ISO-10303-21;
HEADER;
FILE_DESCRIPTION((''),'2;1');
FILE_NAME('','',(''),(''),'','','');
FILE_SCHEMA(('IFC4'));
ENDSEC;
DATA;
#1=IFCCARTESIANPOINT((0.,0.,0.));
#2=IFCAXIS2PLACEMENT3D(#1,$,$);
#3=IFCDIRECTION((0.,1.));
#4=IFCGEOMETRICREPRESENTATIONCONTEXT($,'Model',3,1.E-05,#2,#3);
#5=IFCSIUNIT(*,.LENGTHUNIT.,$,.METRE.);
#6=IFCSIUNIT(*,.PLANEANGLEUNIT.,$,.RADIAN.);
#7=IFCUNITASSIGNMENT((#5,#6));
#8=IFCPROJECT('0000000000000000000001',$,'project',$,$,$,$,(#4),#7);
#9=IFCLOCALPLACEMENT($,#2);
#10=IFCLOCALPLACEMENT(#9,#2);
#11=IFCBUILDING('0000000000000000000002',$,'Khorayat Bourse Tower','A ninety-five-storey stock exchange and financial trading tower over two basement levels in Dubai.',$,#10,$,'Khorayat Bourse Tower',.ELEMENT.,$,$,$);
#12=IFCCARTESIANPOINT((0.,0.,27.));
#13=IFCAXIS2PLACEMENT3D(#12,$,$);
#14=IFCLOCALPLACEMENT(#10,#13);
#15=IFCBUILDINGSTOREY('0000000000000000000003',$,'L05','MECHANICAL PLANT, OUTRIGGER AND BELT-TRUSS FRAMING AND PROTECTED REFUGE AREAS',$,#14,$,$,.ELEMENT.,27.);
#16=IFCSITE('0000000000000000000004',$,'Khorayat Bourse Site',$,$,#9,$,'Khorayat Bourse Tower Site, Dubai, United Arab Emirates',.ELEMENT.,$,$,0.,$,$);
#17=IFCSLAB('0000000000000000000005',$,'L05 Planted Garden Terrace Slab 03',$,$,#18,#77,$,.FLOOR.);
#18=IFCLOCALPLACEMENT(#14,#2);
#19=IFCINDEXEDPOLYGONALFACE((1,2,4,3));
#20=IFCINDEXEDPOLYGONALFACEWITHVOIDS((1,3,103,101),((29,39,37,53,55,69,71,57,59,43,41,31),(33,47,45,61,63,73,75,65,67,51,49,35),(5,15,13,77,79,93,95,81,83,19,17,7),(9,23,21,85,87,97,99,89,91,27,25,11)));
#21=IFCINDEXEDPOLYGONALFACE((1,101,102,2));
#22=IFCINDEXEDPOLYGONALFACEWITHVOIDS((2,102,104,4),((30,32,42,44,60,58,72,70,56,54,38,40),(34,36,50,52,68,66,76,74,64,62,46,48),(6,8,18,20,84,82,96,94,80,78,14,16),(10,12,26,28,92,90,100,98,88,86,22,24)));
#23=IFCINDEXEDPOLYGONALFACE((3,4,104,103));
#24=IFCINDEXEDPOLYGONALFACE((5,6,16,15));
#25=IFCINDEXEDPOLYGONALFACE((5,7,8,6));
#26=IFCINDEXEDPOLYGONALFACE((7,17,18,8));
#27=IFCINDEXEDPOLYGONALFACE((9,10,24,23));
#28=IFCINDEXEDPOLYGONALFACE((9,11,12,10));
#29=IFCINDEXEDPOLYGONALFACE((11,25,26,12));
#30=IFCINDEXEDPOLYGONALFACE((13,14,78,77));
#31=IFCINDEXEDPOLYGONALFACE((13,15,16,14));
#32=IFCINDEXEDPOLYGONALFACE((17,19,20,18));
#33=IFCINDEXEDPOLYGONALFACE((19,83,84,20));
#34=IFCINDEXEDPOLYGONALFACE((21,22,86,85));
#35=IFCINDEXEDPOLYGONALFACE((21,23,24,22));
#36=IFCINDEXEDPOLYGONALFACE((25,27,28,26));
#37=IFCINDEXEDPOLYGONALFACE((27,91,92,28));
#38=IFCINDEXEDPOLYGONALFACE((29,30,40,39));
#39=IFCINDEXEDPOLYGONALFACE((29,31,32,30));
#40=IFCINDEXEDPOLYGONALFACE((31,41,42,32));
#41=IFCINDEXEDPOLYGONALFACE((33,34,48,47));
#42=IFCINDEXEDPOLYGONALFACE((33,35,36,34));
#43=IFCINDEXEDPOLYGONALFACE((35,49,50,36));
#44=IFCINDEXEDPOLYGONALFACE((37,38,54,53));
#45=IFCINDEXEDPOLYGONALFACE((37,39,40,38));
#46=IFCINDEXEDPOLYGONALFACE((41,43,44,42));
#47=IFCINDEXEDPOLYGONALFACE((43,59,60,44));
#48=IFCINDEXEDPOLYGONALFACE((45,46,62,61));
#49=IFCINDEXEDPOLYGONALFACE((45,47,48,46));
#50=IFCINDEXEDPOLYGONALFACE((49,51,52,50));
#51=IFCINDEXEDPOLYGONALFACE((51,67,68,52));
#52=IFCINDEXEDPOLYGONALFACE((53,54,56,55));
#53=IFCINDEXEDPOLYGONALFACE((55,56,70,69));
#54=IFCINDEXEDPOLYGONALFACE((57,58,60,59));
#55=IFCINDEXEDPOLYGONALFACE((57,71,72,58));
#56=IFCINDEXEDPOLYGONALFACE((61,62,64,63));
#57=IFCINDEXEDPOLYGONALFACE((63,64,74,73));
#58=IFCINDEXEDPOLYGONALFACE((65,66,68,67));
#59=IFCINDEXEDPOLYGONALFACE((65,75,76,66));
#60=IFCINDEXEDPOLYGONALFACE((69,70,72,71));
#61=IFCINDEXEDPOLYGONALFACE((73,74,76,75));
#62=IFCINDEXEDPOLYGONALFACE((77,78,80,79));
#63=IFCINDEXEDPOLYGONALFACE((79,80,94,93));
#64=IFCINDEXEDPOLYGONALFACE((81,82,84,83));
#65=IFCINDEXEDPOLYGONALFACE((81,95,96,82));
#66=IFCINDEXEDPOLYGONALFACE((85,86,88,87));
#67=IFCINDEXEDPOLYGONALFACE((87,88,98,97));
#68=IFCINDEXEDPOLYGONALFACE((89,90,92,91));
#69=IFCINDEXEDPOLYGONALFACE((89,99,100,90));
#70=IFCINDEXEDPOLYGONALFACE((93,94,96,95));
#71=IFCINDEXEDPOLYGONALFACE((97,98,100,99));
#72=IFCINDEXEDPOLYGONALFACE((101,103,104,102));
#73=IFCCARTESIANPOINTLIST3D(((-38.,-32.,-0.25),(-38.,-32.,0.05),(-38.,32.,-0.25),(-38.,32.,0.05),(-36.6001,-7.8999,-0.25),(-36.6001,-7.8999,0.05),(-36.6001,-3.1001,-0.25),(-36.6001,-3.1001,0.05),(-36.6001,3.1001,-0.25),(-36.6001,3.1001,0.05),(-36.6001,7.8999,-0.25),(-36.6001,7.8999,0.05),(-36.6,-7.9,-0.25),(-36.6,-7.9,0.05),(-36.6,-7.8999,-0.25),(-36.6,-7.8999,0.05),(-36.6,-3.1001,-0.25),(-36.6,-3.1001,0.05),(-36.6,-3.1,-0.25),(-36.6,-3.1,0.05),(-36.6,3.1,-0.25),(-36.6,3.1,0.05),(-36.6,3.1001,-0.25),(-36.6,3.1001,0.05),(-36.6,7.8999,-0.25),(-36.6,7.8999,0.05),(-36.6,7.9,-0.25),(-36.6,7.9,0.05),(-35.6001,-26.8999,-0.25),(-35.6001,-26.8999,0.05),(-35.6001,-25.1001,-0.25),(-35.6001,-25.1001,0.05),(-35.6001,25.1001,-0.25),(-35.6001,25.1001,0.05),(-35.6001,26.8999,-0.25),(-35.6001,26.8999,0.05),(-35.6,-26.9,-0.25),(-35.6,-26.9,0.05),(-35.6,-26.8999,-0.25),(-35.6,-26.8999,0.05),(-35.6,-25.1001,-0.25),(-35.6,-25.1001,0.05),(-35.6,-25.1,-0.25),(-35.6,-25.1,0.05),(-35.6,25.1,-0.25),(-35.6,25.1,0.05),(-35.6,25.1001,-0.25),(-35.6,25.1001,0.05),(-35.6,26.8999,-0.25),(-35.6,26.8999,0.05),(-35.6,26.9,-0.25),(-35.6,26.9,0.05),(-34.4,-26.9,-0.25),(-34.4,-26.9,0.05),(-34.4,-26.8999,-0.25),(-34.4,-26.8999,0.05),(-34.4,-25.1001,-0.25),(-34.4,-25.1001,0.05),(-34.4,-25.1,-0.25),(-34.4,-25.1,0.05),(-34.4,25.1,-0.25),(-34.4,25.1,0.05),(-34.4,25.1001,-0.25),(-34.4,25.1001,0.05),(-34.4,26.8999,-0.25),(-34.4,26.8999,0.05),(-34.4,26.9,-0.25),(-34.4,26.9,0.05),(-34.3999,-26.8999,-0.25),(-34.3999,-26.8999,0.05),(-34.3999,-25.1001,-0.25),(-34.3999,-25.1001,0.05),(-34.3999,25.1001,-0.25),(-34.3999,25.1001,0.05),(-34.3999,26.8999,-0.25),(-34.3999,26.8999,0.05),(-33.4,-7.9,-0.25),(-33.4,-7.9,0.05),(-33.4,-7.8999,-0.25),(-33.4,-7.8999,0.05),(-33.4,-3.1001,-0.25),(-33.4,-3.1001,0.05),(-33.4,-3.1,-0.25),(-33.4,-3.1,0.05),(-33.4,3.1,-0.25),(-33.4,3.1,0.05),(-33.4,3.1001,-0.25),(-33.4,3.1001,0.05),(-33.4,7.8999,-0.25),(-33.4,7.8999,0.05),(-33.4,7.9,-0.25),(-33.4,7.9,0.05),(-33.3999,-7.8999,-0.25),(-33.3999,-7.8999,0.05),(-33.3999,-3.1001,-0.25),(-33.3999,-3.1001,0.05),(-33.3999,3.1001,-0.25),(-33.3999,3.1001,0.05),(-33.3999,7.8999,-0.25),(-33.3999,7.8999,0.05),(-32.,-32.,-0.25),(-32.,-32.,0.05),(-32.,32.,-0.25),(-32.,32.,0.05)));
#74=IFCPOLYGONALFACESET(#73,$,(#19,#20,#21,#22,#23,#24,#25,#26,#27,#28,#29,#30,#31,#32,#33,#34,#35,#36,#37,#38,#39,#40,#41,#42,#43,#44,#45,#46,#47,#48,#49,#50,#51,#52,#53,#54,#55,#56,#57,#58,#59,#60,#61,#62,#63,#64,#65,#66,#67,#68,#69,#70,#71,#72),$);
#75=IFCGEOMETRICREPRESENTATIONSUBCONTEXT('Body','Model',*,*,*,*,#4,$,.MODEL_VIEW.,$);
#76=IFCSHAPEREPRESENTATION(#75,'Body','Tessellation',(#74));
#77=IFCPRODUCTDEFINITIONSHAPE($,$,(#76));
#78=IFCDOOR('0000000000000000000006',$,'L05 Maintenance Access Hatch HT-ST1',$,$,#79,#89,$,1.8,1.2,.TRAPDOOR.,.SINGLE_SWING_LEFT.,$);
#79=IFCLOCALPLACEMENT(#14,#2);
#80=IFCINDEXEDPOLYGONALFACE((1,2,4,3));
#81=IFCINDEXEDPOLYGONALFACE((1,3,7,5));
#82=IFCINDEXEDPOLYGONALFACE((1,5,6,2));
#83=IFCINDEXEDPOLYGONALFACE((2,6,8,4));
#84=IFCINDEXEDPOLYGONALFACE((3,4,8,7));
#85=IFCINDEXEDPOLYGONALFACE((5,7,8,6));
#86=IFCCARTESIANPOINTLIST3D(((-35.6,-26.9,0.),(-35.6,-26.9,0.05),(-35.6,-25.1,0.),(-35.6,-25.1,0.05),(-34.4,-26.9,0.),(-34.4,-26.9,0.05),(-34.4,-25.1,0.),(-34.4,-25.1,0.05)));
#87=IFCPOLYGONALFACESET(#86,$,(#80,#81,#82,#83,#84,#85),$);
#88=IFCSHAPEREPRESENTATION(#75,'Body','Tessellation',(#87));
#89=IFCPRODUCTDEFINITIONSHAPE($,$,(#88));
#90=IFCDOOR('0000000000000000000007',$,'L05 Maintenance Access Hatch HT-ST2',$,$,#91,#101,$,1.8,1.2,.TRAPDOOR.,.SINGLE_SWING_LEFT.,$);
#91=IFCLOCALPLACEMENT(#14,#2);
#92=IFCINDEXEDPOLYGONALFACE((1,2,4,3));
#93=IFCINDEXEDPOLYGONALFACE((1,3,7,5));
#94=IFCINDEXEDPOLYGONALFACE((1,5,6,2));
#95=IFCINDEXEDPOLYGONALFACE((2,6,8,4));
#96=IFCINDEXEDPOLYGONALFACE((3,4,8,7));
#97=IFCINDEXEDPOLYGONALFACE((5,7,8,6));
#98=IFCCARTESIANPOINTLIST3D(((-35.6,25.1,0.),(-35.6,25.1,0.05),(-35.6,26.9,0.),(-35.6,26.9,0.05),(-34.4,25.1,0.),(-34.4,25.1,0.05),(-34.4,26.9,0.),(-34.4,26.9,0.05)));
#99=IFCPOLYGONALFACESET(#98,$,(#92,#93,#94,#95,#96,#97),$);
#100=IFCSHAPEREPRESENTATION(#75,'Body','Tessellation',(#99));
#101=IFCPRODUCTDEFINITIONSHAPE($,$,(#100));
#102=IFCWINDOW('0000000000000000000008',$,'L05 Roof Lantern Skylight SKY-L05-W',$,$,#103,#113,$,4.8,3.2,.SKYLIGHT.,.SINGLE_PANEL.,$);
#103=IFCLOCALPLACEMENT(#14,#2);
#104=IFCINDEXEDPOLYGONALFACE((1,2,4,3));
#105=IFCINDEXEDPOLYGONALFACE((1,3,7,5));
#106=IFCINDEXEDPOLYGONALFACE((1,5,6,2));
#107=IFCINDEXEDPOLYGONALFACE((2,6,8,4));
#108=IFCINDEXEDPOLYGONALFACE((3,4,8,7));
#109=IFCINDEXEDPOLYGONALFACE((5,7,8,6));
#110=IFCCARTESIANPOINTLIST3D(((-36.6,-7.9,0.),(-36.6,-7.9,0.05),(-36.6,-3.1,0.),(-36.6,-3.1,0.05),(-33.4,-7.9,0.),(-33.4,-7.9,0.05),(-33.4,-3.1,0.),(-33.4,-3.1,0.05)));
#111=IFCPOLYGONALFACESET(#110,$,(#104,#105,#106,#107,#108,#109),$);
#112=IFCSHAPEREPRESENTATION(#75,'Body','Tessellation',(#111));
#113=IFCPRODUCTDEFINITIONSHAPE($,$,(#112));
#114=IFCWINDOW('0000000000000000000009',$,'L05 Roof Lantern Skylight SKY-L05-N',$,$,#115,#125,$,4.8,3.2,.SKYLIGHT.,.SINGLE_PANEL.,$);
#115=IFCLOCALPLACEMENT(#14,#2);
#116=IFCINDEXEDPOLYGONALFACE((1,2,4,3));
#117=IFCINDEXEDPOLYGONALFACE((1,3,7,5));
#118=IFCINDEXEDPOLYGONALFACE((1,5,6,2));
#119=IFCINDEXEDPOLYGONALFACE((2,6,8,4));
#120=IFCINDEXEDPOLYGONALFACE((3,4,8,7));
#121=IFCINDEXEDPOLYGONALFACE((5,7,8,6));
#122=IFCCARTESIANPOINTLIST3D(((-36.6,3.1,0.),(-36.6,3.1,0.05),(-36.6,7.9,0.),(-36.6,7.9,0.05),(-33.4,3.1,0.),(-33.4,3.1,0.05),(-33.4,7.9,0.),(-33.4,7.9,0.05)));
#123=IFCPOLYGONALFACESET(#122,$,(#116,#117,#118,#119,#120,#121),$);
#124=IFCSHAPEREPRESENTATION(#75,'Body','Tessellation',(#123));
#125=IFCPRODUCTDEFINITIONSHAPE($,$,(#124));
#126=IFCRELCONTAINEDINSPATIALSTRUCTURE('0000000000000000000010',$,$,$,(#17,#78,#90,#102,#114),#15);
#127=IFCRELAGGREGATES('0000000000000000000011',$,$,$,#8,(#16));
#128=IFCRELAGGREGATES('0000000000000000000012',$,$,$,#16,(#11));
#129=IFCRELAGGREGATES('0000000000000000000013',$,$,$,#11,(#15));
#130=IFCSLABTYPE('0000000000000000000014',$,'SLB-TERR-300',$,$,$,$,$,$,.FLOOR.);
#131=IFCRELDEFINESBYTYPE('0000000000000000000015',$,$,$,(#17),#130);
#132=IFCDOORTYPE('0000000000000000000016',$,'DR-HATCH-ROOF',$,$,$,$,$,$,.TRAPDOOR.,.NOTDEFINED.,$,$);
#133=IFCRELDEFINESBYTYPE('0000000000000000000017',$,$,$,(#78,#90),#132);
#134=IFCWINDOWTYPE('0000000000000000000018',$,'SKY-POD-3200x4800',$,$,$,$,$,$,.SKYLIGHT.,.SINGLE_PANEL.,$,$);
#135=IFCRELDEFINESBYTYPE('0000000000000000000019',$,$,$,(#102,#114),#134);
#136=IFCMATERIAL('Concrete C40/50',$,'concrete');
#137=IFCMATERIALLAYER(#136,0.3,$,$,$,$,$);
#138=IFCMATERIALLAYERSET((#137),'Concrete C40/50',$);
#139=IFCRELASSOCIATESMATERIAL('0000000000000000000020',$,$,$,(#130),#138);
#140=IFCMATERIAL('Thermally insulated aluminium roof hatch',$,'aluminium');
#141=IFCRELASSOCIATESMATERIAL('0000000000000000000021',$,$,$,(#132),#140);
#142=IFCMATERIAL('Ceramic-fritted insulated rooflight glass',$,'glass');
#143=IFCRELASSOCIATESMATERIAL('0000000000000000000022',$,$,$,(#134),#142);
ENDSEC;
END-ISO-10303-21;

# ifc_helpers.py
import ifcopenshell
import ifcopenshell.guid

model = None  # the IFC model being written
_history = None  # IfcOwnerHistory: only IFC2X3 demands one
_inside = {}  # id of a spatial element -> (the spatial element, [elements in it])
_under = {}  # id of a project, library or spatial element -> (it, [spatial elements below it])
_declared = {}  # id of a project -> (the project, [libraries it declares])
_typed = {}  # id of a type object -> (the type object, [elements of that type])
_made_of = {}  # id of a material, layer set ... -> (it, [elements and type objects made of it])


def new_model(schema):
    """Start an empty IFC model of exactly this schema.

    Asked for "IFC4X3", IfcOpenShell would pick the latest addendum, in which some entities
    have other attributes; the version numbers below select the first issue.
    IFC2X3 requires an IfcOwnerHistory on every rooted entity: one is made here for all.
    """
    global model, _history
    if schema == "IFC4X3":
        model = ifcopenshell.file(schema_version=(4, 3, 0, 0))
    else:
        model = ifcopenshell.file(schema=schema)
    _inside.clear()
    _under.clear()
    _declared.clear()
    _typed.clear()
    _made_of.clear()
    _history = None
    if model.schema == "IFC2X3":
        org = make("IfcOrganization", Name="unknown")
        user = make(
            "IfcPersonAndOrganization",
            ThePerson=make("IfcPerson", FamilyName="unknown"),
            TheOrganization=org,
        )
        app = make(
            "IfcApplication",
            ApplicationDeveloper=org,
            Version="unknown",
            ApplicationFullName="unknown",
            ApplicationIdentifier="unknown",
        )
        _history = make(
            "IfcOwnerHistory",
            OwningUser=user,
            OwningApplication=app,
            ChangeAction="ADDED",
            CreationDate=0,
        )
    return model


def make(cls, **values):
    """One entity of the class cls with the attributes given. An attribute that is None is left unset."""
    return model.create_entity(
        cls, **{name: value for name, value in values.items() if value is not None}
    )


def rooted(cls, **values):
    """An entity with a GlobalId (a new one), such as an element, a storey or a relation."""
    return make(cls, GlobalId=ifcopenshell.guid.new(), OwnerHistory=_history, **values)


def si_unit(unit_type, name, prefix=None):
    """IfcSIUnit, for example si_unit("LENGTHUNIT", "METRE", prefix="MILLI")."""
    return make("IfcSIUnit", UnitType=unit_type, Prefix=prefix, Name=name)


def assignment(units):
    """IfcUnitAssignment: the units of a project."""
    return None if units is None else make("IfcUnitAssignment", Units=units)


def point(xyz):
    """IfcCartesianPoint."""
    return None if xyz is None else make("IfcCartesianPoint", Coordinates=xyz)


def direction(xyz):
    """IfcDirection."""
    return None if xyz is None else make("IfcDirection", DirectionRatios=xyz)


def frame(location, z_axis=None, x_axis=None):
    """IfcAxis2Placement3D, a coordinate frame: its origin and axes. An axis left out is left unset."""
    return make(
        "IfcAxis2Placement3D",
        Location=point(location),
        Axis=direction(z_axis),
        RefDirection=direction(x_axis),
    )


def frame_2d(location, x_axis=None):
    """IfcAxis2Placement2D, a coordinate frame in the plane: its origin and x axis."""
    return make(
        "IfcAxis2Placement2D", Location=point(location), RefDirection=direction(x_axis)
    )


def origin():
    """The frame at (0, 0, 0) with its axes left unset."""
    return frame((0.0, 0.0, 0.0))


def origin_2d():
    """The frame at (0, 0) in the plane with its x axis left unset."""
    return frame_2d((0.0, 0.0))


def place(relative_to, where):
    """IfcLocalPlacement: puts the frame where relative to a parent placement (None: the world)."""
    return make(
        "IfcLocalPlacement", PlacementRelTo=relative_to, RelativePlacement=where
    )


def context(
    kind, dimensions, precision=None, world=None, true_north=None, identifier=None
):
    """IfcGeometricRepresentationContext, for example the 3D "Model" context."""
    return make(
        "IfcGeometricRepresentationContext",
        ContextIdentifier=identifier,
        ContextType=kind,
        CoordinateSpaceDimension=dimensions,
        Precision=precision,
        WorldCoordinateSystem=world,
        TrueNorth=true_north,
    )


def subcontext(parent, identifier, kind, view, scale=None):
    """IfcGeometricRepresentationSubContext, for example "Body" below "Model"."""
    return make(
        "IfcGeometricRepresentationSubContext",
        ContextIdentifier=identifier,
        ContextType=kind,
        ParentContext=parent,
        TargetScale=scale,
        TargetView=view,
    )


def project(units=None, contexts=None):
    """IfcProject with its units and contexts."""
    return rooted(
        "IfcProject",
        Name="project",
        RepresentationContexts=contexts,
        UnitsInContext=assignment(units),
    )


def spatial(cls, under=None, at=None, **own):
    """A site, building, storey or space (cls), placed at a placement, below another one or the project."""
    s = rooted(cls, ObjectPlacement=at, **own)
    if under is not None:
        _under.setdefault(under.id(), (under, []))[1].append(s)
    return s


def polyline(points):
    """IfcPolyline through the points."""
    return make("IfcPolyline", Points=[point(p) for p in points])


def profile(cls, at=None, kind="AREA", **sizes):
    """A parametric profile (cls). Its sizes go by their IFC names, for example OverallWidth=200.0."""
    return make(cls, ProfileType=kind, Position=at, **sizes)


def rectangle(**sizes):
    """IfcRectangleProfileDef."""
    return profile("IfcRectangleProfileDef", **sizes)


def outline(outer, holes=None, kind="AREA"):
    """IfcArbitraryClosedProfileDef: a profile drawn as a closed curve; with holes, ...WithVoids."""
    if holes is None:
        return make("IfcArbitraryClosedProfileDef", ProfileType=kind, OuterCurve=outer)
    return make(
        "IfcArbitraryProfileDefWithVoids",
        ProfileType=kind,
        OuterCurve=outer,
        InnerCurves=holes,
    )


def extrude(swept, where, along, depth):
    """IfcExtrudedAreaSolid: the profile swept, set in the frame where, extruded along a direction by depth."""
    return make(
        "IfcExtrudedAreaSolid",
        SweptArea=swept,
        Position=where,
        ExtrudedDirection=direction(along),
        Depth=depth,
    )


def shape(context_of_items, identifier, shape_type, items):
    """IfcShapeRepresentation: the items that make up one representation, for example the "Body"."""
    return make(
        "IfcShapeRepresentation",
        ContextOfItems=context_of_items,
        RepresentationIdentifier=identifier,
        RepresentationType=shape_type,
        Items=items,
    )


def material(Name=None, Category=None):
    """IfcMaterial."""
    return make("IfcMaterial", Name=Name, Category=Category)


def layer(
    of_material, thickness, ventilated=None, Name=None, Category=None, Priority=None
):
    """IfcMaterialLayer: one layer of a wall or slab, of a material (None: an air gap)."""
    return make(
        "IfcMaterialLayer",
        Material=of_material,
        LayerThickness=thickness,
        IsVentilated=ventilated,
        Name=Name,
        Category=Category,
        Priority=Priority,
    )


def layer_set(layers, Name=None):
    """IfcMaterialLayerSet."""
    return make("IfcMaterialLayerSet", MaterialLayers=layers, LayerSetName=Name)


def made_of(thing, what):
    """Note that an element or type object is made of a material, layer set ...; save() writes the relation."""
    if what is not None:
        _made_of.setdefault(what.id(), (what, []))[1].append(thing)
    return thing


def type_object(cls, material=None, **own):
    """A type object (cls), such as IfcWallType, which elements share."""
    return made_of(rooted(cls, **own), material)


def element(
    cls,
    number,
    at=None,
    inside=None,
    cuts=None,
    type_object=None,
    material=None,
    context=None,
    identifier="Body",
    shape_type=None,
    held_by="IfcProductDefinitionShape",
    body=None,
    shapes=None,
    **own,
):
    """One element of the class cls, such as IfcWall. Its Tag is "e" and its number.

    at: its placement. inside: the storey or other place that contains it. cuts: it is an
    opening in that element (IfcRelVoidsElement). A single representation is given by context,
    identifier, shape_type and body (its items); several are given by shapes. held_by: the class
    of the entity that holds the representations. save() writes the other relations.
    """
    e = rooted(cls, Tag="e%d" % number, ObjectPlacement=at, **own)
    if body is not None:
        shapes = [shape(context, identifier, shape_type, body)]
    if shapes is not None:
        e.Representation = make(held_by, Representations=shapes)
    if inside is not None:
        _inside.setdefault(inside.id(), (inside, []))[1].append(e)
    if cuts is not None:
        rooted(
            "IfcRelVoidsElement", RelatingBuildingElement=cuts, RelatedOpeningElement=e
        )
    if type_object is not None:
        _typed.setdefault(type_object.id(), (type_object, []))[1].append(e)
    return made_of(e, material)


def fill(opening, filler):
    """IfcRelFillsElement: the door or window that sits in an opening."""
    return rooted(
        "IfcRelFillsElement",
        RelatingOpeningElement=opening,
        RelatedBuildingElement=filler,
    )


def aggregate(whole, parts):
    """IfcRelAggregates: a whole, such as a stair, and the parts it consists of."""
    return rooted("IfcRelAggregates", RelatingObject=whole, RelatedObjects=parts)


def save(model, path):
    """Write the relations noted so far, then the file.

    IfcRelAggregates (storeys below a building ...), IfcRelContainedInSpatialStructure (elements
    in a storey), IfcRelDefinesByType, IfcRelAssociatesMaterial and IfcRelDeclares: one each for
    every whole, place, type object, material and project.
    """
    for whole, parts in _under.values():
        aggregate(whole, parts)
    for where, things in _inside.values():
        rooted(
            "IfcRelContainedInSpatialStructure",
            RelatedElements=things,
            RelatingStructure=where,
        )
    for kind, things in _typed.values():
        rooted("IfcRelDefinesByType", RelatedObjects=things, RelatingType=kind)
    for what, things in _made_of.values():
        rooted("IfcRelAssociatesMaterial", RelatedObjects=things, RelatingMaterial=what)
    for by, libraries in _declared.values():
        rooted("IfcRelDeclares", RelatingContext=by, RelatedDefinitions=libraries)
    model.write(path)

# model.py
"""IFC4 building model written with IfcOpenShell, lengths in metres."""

from ifc_helpers import new_model, si_unit, direction, frame, origin, origin_2d, place, context, subcontext, project, spatial, polyline, rectangle, outline, extrude, material, layer, layer_set, type_object, element, fill, save


model = new_model("IFC4")

# Units and contexts
model_context = context("Model", 3, precision=1e-05, world=origin(), true_north=direction((0.0, 1.0)))
body_context = subcontext(model_context, "Body", "Model", "MODEL_VIEW")
ifc_project = project(units=[si_unit("LENGTHUNIT", "METRE"), si_unit("PLANEANGLEUNIT", "RADIAN")], contexts=[model_context])

# Site, building, storey
site_placement = place(None, origin())
site = spatial("IfcSite", under=ifc_project, at=site_placement, Name="Khorayat Bourse Site", LongName="Khorayat Bourse Tower Site, Dubai, United Arab Emirates", CompositionType="ELEMENT", RefElevation=0.0)
building_placement = place(site_placement, origin())
building = spatial("IfcBuilding", under=site, at=building_placement, Name="Khorayat Bourse Tower", Description="A ninety-five-storey stock exchange and financial trading tower over two basement levels in Dubai.", LongName="Khorayat Bourse Tower", CompositionType="ELEMENT")
storey_placement = place(building_placement, frame((0.0, 0.0, 27.0)))
storey = spatial("IfcBuildingStorey", under=building, at=storey_placement, Name="L05", Description="MECHANICAL PLANT, OUTRIGGER AND BELT-TRUSS FRAMING AND PROTECTED REFUGE AREAS", CompositionType="ELEMENT", Elevation=27.0)

# Shared definitions
ifc_material_1 = material(Name="Concrete C40/50", Category="concrete")

# Shared definitions
ifc_layer_1 = layer(ifc_material_1, 0.3)
ifc_layer_set_1 = layer_set([ifc_layer_1], Name="Concrete C40/50")
slab_type_1 = type_object("IfcSlabType", Name="SLB-TERR-300", PredefinedType="FLOOR", material=ifc_layer_set_1)

# Slab, openings, doors, windows
slab_1_placement = place(storey_placement, frame((0.0, 0.0, -0.25)))
slab_1 = element("IfcSlab", 1, at=slab_1_placement, inside=storey, type_object=slab_type_1, Name="L05 Planted Garden Terrace Slab 03", PredefinedType="FLOOR", context=body_context, shape_type="SweptSolid", body=[
    extrude(outline(polyline([(-38.0, -32.0), (-32.0, -32.0), (-32.0, 32.0), (-38.0, 32.0), (-38.0, -32.0)]), holes=[polyline([(-36.6001, -7.8999), (-33.3999, -7.8999), (-33.3999, -3.1001), (-36.6001, -3.1001), (-36.6001, -7.8999)]), polyline([(-36.6001, 3.1001), (-33.3999, 3.1001), (-33.3999, 7.8999), (-36.6001, 7.8999), (-36.6001, 3.1001)]), polyline([(-35.6001, -26.8999), (-34.3999, -26.8999), (-34.3999, -25.1001), (-35.6001, -25.1001), (-35.6001, -26.8999)]), polyline([(-35.6001, 25.1001), (-34.3999, 25.1001), (-34.3999, 26.8999), (-35.6001, 26.8999), (-35.6001, 25.1001)])]), origin(), (0.0, 0.0, 1.0), 0.3),
])
opening_1_placement = place(slab_1_placement, frame((-35.0, -26.0, 0.0)))
opening_1 = element("IfcOpeningElement", 2, at=opening_1_placement, cuts=slab_1, PredefinedType="OPENING", context=body_context, shape_type="SweptSolid", body=[
    extrude(rectangle(XDim=1.2, YDim=1.8, at=origin_2d()), origin(), (0.0, 0.0, 1.0), 0.3),
])
opening_2_placement = place(slab_1_placement, frame((-35.0, 26.0, 0.0)))
opening_2 = element("IfcOpeningElement", 3, at=opening_2_placement, cuts=slab_1, PredefinedType="OPENING", context=body_context, shape_type="SweptSolid", body=[
    extrude(rectangle(XDim=1.2, YDim=1.8, at=origin_2d()), origin(), (0.0, 0.0, 1.0), 0.3),
])
opening_3_placement = place(slab_1_placement, frame((-35.0, -5.5, 0.0)))
opening_3 = element("IfcOpeningElement", 4, at=opening_3_placement, cuts=slab_1, PredefinedType="OPENING", context=body_context, shape_type="SweptSolid", body=[
    extrude(rectangle(XDim=3.2, YDim=4.8, at=origin_2d()), origin(), (0.0, 0.0, 1.0), 0.3),
])
opening_4_placement = place(slab_1_placement, frame((-35.0, 5.5, 0.0)))
opening_4 = element("IfcOpeningElement", 5, at=opening_4_placement, cuts=slab_1, PredefinedType="OPENING", context=body_context, shape_type="SweptSolid", body=[
    extrude(rectangle(XDim=3.2, YDim=4.8, at=origin_2d()), origin(), (0.0, 0.0, 1.0), 0.3),
])
ifc_material_2 = material(Name="Thermally insulated aluminium roof hatch", Category="aluminium")
door_type = type_object("IfcDoorType", Name="DR-HATCH-ROOF", OperationType="NOTDEFINED", PredefinedType="TRAPDOOR", material=ifc_material_2)
door_1_placement = place(opening_1_placement, frame((0.0, 0.0, 0.25)))
door_1 = element("IfcDoor", 6, at=door_1_placement, inside=storey, type_object=door_type, Name="L05 Maintenance Access Hatch HT-ST1", OperationType="SINGLE_SWING_LEFT", OverallHeight=1.8, OverallWidth=1.2, PredefinedType="TRAPDOOR", context=body_context, shape_type="SweptSolid", body=[
    extrude(rectangle(XDim=1.2, YDim=1.8, at=origin_2d()), origin(), (0.0, 0.0, 1.0), 0.05),
])
fill(opening_1, door_1)
door_2_placement = place(opening_2_placement, frame((0.0, 0.0, 0.25)))
door_2 = element("IfcDoor", 7, at=door_2_placement, inside=storey, type_object=door_type, Name="L05 Maintenance Access Hatch HT-ST2", OperationType="SINGLE_SWING_LEFT", OverallHeight=1.8, OverallWidth=1.2, PredefinedType="TRAPDOOR", context=body_context, shape_type="SweptSolid", body=[
    extrude(rectangle(XDim=1.2, YDim=1.8, at=origin_2d()), origin(), (0.0, 0.0, 1.0), 0.05),
])
fill(opening_2, door_2)
ifc_material_3 = material(Name="Ceramic-fritted insulated rooflight glass", Category="glass")
window_type = type_object("IfcWindowType", Name="SKY-POD-3200x4800", PartitioningType="SINGLE_PANEL", PredefinedType="SKYLIGHT", material=ifc_material_3)
window_1_placement = place(opening_3_placement, frame((0.0, 0.0, 0.25)))
window_1 = element("IfcWindow", 8, at=window_1_placement, inside=storey, type_object=window_type, Name="L05 Roof Lantern Skylight SKY-L05-W", OverallHeight=4.8, OverallWidth=3.2, PartitioningType="SINGLE_PANEL", PredefinedType="SKYLIGHT", context=body_context, shape_type="SweptSolid", body=[
    extrude(rectangle(XDim=3.2, YDim=4.8, at=origin_2d()), origin(), (0.0, 0.0, 1.0), 0.05),
])
fill(opening_3, window_1)
window_2_placement = place(opening_4_placement, frame((0.0, 0.0, 0.25)))
window_2 = element("IfcWindow", 9, at=window_2_placement, inside=storey, type_object=window_type, Name="L05 Roof Lantern Skylight SKY-L05-N", OverallHeight=4.8, OverallWidth=3.2, PartitioningType="SINGLE_PANEL", PredefinedType="SKYLIGHT", context=body_context, shape_type="SweptSolid", body=[
    extrude(rectangle(XDim=3.2, YDim=4.8, at=origin_2d()), origin(), (0.0, 0.0, 1.0), 0.05),
])
fill(opening_4, window_2)

save(model, "model.ifc")
